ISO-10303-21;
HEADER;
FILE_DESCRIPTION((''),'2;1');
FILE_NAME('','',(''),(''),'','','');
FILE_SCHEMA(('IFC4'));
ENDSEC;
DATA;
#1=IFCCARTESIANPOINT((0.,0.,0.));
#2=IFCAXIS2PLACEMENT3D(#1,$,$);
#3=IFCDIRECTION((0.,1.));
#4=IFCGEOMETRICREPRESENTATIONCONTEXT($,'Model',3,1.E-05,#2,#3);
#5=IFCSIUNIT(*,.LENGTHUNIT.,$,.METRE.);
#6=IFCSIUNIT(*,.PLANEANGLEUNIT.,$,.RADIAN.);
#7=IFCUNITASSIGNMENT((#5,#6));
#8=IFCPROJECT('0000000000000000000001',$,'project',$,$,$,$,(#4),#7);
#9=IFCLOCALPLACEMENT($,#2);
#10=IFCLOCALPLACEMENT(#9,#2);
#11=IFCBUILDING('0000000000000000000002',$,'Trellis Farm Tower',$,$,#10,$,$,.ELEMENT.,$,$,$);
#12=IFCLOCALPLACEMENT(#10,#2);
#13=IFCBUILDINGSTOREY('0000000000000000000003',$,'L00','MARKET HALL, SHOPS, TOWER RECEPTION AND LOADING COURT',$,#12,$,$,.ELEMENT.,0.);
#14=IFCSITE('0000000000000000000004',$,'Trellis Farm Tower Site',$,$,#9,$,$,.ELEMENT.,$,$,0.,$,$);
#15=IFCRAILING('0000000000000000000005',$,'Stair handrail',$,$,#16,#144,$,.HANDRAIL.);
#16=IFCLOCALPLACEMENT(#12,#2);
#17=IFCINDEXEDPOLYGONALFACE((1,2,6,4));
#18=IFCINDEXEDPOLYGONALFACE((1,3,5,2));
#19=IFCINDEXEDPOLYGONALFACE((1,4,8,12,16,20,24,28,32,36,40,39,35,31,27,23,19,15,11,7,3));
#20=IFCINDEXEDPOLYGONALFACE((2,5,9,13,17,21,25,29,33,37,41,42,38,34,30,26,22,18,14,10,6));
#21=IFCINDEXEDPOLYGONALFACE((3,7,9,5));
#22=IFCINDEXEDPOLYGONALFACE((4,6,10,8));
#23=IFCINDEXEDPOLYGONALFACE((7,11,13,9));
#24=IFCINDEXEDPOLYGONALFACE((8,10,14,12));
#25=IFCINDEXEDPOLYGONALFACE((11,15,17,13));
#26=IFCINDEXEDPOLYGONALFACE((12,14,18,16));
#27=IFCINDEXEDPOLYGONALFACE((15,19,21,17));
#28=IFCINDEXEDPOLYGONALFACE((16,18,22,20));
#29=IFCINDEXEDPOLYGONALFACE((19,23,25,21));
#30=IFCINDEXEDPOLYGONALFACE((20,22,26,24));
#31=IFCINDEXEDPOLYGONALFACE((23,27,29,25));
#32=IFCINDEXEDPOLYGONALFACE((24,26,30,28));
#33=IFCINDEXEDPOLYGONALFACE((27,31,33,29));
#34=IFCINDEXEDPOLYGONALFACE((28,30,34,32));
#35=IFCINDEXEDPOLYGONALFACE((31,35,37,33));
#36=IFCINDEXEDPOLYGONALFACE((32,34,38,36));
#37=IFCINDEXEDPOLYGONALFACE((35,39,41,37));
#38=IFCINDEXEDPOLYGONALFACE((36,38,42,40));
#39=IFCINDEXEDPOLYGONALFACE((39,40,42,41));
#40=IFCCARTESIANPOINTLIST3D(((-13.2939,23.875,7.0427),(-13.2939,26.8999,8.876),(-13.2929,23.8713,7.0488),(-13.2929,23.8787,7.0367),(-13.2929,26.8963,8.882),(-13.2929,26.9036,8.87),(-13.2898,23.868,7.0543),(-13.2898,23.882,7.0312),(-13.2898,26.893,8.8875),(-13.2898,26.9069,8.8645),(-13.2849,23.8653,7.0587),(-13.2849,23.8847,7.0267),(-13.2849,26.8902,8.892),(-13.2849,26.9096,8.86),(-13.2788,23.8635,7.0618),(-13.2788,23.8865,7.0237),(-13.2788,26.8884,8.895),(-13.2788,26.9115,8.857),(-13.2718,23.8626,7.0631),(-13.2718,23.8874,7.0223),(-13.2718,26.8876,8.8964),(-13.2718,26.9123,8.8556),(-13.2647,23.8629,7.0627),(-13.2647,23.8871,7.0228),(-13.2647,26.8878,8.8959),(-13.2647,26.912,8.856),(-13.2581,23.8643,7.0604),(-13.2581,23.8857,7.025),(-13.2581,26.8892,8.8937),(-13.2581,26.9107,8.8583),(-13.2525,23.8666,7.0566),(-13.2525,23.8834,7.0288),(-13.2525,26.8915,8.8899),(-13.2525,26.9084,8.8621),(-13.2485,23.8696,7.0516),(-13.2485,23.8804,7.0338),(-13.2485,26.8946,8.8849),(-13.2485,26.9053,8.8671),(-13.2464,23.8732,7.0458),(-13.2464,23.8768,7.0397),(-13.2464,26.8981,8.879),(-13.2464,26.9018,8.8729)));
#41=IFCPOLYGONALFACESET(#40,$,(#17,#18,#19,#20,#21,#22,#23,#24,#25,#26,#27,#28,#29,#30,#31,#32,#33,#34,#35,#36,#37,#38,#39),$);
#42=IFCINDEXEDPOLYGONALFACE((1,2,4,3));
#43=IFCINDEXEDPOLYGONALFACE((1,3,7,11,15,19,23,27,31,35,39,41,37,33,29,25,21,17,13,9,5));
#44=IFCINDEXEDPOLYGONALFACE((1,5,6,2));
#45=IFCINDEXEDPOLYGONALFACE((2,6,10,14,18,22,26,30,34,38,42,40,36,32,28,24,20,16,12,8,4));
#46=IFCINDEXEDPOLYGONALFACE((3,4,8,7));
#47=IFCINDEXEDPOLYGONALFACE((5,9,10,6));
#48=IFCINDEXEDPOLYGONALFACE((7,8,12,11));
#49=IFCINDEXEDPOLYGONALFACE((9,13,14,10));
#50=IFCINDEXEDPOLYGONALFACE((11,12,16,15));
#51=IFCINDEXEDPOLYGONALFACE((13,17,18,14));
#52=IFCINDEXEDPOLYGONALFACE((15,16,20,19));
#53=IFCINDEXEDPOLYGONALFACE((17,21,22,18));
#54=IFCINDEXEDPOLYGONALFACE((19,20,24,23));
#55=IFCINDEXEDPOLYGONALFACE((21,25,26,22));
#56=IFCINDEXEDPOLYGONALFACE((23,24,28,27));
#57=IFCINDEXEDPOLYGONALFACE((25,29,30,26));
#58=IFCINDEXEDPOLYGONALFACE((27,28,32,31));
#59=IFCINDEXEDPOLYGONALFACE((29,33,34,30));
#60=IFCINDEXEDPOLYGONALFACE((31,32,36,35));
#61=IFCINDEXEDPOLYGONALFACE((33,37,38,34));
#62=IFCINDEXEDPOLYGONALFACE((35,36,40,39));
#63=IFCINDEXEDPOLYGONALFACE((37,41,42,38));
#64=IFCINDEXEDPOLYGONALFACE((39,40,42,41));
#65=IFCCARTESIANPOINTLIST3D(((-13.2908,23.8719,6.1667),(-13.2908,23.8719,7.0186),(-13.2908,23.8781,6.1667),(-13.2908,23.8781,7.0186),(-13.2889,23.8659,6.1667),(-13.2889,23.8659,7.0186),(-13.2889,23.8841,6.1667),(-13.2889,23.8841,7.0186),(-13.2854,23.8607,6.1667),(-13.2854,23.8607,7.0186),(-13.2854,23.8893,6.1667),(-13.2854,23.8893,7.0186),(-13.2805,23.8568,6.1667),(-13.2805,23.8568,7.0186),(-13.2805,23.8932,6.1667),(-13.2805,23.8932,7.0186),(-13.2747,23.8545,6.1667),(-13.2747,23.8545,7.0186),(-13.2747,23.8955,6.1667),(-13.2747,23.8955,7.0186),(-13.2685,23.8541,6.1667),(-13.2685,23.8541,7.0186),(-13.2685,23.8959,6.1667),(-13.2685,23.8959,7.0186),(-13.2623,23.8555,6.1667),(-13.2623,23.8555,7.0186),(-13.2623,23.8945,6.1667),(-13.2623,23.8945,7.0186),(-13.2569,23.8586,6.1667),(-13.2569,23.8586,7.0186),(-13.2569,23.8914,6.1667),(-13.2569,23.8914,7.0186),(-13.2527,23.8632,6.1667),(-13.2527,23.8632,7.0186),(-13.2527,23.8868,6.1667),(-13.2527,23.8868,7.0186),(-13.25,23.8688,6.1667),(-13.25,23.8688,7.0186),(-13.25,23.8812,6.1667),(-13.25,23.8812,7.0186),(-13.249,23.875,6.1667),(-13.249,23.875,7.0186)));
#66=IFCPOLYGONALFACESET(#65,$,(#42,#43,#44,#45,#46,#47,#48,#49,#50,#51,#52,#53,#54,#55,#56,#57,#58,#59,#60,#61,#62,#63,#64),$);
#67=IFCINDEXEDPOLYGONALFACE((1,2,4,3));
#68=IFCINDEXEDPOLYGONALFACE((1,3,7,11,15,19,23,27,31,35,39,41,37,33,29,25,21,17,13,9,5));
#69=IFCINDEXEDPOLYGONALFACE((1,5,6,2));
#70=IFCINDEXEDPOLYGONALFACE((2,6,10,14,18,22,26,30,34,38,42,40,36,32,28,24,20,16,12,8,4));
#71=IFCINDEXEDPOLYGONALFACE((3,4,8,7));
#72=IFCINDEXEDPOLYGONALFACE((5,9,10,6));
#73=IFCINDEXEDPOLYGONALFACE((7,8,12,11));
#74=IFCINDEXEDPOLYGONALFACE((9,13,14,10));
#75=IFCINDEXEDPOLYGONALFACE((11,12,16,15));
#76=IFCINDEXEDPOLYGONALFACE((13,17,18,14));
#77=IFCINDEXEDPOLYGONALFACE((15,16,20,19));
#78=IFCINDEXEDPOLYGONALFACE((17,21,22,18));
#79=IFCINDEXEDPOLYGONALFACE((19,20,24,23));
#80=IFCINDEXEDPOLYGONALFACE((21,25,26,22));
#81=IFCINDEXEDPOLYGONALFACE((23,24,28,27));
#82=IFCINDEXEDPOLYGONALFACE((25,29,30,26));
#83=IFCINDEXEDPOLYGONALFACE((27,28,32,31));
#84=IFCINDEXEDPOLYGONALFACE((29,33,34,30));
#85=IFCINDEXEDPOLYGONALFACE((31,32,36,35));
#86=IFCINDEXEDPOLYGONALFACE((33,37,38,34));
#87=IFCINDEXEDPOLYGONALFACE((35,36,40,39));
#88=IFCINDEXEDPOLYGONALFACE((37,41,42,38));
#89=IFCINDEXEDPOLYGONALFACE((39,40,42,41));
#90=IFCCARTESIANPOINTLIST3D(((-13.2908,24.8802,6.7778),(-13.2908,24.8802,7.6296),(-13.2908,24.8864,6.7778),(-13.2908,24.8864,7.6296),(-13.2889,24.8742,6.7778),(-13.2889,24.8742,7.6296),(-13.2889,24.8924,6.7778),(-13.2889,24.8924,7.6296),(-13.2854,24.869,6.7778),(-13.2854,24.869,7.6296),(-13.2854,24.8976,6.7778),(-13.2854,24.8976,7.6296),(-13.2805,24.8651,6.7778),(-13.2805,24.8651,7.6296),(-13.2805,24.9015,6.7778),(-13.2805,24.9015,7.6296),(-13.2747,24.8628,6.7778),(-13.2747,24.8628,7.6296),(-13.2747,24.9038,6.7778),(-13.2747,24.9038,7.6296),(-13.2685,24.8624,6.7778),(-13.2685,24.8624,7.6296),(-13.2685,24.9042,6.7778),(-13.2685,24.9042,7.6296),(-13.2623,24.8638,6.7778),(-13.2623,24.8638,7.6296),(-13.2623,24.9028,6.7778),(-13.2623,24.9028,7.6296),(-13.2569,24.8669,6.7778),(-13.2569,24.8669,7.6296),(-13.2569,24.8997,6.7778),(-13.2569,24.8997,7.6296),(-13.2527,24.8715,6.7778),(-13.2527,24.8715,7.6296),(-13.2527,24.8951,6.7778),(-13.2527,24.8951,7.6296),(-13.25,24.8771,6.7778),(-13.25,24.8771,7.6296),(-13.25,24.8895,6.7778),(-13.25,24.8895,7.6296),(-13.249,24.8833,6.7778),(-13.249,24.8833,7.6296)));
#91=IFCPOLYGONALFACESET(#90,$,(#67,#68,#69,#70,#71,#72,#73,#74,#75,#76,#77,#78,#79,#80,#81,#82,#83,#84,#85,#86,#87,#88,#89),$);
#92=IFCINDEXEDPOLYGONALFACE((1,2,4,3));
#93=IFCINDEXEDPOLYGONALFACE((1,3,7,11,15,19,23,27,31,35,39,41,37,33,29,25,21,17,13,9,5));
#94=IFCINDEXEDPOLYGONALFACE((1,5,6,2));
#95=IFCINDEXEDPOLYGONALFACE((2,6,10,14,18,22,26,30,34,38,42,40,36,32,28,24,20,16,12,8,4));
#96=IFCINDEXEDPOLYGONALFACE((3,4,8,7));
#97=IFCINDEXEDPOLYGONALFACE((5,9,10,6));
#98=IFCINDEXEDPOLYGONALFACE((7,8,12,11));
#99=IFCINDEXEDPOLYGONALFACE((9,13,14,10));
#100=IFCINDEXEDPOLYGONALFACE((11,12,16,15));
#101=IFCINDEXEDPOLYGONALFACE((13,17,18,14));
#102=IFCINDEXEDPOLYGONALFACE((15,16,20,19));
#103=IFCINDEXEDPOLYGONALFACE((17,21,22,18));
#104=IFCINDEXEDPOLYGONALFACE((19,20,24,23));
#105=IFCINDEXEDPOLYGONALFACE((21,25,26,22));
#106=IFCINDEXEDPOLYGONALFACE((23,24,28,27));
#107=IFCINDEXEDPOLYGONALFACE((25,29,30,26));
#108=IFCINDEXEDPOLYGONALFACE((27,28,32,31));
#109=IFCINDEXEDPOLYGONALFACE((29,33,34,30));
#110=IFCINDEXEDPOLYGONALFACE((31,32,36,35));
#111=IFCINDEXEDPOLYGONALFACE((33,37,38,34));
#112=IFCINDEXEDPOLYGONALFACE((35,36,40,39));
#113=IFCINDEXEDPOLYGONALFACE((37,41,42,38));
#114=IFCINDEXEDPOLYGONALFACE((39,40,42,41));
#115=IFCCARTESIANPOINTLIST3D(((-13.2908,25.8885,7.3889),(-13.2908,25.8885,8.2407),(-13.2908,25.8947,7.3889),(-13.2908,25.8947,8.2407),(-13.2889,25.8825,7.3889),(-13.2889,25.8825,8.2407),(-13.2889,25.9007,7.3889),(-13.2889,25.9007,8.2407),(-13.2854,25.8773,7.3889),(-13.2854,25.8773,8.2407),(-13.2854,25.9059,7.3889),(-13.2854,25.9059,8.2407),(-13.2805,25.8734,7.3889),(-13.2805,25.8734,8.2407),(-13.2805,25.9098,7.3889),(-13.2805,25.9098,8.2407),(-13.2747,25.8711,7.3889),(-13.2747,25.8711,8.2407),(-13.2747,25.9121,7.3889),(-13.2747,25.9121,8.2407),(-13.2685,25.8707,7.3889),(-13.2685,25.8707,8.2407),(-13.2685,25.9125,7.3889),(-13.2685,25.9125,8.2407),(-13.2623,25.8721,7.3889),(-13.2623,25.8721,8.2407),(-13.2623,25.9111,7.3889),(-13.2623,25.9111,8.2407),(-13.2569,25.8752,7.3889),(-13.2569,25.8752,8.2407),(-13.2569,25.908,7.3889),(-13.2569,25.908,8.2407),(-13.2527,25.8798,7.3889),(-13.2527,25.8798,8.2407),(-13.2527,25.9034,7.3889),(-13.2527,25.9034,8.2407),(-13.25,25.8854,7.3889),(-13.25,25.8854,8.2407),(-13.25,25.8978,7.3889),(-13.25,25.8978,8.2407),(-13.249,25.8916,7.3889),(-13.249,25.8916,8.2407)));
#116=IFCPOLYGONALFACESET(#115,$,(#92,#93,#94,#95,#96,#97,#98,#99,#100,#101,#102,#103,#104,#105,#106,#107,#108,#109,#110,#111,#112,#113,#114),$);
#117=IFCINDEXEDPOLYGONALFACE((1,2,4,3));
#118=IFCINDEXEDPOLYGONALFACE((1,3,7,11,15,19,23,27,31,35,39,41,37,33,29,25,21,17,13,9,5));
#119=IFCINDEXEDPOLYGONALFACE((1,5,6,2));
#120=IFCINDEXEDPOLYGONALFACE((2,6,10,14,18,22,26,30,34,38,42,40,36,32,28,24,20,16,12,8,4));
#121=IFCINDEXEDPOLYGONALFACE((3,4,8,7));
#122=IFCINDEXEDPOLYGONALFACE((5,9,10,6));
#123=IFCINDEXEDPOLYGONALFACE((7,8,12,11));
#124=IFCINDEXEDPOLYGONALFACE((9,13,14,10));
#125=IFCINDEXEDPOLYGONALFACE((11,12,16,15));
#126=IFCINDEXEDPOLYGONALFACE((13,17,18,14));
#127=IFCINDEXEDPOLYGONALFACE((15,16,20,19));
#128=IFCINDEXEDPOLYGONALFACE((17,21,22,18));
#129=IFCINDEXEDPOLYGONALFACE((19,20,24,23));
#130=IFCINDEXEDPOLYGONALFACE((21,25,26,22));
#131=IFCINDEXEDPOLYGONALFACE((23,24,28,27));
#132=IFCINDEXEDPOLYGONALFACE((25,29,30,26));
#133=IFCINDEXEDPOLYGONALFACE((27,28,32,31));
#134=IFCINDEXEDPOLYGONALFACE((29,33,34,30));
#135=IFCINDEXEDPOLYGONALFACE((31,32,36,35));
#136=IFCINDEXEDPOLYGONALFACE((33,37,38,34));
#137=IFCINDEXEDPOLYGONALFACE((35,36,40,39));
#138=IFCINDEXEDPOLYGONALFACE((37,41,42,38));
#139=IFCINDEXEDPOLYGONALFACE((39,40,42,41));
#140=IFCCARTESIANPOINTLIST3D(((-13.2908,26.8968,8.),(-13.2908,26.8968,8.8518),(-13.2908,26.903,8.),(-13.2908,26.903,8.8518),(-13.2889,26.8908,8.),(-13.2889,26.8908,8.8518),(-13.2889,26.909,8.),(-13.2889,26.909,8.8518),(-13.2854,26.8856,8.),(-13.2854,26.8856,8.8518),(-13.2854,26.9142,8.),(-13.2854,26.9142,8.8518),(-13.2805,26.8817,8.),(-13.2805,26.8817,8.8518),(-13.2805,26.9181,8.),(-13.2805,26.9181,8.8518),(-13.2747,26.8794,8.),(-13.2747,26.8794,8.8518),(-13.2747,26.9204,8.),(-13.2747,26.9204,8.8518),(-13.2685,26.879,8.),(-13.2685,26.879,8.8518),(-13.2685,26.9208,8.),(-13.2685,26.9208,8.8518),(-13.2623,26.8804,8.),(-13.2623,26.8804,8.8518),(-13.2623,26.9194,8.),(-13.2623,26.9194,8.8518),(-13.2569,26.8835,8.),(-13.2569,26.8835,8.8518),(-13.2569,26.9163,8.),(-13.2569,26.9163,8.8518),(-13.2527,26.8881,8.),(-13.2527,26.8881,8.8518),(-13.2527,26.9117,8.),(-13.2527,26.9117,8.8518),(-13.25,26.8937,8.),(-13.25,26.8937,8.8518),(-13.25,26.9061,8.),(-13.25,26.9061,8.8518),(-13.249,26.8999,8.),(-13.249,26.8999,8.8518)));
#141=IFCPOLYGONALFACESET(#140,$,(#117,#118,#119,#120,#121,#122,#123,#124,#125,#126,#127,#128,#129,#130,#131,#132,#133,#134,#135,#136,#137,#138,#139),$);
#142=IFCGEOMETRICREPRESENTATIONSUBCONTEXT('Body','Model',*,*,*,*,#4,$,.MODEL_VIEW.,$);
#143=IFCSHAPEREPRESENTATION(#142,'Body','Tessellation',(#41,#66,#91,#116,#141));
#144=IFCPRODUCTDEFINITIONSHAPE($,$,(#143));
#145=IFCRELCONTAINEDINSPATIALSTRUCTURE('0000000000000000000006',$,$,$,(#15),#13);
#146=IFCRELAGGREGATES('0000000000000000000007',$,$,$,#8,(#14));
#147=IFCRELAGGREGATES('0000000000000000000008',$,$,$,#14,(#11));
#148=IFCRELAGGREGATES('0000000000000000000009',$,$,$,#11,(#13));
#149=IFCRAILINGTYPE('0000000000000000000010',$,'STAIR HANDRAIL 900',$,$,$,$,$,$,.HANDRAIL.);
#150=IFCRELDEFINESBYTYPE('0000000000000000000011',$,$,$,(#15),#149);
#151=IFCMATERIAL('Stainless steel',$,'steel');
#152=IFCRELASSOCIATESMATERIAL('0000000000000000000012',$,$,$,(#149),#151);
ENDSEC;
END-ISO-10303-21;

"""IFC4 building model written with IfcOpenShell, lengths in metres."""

from ifc_helpers import new_model, si_unit, direction, frame, origin, origin_2d, place, context, subcontext, project, spatial, circle, extrude, source, transform, mapped, material, type_object, element, save


model = new_model("IFC4")

# Units and contexts
model_context = context("Model", 3, precision=1e-05, world=origin(), true_north=direction((0.0, 1.0)))
body_context = subcontext(model_context, "Body", "Model", "MODEL_VIEW")
ifc_project = project(units=[si_unit("LENGTHUNIT", "METRE"), si_unit("PLANEANGLEUNIT", "RADIAN")], contexts=[model_context])

# Site, building, storey
site_placement = place(None, origin())
site = spatial("IfcSite", under=ifc_project, at=site_placement, Name="Trellis Farm Tower Site", CompositionType="ELEMENT", RefElevation=0.0)
building_placement = place(site_placement, origin())
building = spatial("IfcBuilding", under=site, at=building_placement, Name="Trellis Farm Tower", CompositionType="ELEMENT")
storey_placement = place(building_placement, origin())
storey = spatial("IfcBuildingStorey", under=building, at=storey_placement, Name="L00", Description="MARKET HALL, SHOPS, TOWER RECEPTION AND LOADING COURT", CompositionType="ELEMENT", Elevation=0.0)

# Railing
ifc_material_1 = material(Name="Stainless steel", Category="steel")
railing_type = type_object("IfcRailingType", Name="STAIR HANDRAIL 900", PredefinedType="HANDRAIL", material=ifc_material_1)
shared_shape_1 = source(origin(), body_context, "Body", "SweptSolid", [
    extrude(circle(Radius=0.0239, at=origin_2d()), frame((0.0, 0.0, 0.876), z_axis=(0.0, 0.855201, 0.518297), x_axis=(-1.0, 0.0, 0.0)), (0.0, 0.0, 1.0), 3.5371),
    extrude(circle(Radius=0.021, at=origin_2d()), origin(), (0.0, 0.0, 1.0), 0.8518),
    extrude(circle(Radius=0.021, at=origin_2d()), frame((0.0, 1.0083, 0.6111)), (0.0, 0.0, 1.0), 0.8518),
    extrude(circle(Radius=0.021, at=origin_2d()), frame((0.0, 2.0166, 1.2222)), (0.0, 0.0, 1.0), 0.8518),
    extrude(circle(Radius=0.021, at=origin_2d()), frame((0.0, 3.0249, 1.8333)), (0.0, 0.0, 1.0), 0.8518),
])
for number, where, name in (
    (1, (-13.27, 23.875, 6.1667), "Stair handrail"),
):
    element("IfcRailing", number, at=place(storey_placement, frame(where)), inside=storey, type_object=railing_type, Name=name, PredefinedType="HANDRAIL", context=body_context, shape_type="MappedRepresentation", body=[
        mapped(shared_shape_1, transform((0.0, 0.0, 0.0))),
    ])

save(model, "model.ifc")
